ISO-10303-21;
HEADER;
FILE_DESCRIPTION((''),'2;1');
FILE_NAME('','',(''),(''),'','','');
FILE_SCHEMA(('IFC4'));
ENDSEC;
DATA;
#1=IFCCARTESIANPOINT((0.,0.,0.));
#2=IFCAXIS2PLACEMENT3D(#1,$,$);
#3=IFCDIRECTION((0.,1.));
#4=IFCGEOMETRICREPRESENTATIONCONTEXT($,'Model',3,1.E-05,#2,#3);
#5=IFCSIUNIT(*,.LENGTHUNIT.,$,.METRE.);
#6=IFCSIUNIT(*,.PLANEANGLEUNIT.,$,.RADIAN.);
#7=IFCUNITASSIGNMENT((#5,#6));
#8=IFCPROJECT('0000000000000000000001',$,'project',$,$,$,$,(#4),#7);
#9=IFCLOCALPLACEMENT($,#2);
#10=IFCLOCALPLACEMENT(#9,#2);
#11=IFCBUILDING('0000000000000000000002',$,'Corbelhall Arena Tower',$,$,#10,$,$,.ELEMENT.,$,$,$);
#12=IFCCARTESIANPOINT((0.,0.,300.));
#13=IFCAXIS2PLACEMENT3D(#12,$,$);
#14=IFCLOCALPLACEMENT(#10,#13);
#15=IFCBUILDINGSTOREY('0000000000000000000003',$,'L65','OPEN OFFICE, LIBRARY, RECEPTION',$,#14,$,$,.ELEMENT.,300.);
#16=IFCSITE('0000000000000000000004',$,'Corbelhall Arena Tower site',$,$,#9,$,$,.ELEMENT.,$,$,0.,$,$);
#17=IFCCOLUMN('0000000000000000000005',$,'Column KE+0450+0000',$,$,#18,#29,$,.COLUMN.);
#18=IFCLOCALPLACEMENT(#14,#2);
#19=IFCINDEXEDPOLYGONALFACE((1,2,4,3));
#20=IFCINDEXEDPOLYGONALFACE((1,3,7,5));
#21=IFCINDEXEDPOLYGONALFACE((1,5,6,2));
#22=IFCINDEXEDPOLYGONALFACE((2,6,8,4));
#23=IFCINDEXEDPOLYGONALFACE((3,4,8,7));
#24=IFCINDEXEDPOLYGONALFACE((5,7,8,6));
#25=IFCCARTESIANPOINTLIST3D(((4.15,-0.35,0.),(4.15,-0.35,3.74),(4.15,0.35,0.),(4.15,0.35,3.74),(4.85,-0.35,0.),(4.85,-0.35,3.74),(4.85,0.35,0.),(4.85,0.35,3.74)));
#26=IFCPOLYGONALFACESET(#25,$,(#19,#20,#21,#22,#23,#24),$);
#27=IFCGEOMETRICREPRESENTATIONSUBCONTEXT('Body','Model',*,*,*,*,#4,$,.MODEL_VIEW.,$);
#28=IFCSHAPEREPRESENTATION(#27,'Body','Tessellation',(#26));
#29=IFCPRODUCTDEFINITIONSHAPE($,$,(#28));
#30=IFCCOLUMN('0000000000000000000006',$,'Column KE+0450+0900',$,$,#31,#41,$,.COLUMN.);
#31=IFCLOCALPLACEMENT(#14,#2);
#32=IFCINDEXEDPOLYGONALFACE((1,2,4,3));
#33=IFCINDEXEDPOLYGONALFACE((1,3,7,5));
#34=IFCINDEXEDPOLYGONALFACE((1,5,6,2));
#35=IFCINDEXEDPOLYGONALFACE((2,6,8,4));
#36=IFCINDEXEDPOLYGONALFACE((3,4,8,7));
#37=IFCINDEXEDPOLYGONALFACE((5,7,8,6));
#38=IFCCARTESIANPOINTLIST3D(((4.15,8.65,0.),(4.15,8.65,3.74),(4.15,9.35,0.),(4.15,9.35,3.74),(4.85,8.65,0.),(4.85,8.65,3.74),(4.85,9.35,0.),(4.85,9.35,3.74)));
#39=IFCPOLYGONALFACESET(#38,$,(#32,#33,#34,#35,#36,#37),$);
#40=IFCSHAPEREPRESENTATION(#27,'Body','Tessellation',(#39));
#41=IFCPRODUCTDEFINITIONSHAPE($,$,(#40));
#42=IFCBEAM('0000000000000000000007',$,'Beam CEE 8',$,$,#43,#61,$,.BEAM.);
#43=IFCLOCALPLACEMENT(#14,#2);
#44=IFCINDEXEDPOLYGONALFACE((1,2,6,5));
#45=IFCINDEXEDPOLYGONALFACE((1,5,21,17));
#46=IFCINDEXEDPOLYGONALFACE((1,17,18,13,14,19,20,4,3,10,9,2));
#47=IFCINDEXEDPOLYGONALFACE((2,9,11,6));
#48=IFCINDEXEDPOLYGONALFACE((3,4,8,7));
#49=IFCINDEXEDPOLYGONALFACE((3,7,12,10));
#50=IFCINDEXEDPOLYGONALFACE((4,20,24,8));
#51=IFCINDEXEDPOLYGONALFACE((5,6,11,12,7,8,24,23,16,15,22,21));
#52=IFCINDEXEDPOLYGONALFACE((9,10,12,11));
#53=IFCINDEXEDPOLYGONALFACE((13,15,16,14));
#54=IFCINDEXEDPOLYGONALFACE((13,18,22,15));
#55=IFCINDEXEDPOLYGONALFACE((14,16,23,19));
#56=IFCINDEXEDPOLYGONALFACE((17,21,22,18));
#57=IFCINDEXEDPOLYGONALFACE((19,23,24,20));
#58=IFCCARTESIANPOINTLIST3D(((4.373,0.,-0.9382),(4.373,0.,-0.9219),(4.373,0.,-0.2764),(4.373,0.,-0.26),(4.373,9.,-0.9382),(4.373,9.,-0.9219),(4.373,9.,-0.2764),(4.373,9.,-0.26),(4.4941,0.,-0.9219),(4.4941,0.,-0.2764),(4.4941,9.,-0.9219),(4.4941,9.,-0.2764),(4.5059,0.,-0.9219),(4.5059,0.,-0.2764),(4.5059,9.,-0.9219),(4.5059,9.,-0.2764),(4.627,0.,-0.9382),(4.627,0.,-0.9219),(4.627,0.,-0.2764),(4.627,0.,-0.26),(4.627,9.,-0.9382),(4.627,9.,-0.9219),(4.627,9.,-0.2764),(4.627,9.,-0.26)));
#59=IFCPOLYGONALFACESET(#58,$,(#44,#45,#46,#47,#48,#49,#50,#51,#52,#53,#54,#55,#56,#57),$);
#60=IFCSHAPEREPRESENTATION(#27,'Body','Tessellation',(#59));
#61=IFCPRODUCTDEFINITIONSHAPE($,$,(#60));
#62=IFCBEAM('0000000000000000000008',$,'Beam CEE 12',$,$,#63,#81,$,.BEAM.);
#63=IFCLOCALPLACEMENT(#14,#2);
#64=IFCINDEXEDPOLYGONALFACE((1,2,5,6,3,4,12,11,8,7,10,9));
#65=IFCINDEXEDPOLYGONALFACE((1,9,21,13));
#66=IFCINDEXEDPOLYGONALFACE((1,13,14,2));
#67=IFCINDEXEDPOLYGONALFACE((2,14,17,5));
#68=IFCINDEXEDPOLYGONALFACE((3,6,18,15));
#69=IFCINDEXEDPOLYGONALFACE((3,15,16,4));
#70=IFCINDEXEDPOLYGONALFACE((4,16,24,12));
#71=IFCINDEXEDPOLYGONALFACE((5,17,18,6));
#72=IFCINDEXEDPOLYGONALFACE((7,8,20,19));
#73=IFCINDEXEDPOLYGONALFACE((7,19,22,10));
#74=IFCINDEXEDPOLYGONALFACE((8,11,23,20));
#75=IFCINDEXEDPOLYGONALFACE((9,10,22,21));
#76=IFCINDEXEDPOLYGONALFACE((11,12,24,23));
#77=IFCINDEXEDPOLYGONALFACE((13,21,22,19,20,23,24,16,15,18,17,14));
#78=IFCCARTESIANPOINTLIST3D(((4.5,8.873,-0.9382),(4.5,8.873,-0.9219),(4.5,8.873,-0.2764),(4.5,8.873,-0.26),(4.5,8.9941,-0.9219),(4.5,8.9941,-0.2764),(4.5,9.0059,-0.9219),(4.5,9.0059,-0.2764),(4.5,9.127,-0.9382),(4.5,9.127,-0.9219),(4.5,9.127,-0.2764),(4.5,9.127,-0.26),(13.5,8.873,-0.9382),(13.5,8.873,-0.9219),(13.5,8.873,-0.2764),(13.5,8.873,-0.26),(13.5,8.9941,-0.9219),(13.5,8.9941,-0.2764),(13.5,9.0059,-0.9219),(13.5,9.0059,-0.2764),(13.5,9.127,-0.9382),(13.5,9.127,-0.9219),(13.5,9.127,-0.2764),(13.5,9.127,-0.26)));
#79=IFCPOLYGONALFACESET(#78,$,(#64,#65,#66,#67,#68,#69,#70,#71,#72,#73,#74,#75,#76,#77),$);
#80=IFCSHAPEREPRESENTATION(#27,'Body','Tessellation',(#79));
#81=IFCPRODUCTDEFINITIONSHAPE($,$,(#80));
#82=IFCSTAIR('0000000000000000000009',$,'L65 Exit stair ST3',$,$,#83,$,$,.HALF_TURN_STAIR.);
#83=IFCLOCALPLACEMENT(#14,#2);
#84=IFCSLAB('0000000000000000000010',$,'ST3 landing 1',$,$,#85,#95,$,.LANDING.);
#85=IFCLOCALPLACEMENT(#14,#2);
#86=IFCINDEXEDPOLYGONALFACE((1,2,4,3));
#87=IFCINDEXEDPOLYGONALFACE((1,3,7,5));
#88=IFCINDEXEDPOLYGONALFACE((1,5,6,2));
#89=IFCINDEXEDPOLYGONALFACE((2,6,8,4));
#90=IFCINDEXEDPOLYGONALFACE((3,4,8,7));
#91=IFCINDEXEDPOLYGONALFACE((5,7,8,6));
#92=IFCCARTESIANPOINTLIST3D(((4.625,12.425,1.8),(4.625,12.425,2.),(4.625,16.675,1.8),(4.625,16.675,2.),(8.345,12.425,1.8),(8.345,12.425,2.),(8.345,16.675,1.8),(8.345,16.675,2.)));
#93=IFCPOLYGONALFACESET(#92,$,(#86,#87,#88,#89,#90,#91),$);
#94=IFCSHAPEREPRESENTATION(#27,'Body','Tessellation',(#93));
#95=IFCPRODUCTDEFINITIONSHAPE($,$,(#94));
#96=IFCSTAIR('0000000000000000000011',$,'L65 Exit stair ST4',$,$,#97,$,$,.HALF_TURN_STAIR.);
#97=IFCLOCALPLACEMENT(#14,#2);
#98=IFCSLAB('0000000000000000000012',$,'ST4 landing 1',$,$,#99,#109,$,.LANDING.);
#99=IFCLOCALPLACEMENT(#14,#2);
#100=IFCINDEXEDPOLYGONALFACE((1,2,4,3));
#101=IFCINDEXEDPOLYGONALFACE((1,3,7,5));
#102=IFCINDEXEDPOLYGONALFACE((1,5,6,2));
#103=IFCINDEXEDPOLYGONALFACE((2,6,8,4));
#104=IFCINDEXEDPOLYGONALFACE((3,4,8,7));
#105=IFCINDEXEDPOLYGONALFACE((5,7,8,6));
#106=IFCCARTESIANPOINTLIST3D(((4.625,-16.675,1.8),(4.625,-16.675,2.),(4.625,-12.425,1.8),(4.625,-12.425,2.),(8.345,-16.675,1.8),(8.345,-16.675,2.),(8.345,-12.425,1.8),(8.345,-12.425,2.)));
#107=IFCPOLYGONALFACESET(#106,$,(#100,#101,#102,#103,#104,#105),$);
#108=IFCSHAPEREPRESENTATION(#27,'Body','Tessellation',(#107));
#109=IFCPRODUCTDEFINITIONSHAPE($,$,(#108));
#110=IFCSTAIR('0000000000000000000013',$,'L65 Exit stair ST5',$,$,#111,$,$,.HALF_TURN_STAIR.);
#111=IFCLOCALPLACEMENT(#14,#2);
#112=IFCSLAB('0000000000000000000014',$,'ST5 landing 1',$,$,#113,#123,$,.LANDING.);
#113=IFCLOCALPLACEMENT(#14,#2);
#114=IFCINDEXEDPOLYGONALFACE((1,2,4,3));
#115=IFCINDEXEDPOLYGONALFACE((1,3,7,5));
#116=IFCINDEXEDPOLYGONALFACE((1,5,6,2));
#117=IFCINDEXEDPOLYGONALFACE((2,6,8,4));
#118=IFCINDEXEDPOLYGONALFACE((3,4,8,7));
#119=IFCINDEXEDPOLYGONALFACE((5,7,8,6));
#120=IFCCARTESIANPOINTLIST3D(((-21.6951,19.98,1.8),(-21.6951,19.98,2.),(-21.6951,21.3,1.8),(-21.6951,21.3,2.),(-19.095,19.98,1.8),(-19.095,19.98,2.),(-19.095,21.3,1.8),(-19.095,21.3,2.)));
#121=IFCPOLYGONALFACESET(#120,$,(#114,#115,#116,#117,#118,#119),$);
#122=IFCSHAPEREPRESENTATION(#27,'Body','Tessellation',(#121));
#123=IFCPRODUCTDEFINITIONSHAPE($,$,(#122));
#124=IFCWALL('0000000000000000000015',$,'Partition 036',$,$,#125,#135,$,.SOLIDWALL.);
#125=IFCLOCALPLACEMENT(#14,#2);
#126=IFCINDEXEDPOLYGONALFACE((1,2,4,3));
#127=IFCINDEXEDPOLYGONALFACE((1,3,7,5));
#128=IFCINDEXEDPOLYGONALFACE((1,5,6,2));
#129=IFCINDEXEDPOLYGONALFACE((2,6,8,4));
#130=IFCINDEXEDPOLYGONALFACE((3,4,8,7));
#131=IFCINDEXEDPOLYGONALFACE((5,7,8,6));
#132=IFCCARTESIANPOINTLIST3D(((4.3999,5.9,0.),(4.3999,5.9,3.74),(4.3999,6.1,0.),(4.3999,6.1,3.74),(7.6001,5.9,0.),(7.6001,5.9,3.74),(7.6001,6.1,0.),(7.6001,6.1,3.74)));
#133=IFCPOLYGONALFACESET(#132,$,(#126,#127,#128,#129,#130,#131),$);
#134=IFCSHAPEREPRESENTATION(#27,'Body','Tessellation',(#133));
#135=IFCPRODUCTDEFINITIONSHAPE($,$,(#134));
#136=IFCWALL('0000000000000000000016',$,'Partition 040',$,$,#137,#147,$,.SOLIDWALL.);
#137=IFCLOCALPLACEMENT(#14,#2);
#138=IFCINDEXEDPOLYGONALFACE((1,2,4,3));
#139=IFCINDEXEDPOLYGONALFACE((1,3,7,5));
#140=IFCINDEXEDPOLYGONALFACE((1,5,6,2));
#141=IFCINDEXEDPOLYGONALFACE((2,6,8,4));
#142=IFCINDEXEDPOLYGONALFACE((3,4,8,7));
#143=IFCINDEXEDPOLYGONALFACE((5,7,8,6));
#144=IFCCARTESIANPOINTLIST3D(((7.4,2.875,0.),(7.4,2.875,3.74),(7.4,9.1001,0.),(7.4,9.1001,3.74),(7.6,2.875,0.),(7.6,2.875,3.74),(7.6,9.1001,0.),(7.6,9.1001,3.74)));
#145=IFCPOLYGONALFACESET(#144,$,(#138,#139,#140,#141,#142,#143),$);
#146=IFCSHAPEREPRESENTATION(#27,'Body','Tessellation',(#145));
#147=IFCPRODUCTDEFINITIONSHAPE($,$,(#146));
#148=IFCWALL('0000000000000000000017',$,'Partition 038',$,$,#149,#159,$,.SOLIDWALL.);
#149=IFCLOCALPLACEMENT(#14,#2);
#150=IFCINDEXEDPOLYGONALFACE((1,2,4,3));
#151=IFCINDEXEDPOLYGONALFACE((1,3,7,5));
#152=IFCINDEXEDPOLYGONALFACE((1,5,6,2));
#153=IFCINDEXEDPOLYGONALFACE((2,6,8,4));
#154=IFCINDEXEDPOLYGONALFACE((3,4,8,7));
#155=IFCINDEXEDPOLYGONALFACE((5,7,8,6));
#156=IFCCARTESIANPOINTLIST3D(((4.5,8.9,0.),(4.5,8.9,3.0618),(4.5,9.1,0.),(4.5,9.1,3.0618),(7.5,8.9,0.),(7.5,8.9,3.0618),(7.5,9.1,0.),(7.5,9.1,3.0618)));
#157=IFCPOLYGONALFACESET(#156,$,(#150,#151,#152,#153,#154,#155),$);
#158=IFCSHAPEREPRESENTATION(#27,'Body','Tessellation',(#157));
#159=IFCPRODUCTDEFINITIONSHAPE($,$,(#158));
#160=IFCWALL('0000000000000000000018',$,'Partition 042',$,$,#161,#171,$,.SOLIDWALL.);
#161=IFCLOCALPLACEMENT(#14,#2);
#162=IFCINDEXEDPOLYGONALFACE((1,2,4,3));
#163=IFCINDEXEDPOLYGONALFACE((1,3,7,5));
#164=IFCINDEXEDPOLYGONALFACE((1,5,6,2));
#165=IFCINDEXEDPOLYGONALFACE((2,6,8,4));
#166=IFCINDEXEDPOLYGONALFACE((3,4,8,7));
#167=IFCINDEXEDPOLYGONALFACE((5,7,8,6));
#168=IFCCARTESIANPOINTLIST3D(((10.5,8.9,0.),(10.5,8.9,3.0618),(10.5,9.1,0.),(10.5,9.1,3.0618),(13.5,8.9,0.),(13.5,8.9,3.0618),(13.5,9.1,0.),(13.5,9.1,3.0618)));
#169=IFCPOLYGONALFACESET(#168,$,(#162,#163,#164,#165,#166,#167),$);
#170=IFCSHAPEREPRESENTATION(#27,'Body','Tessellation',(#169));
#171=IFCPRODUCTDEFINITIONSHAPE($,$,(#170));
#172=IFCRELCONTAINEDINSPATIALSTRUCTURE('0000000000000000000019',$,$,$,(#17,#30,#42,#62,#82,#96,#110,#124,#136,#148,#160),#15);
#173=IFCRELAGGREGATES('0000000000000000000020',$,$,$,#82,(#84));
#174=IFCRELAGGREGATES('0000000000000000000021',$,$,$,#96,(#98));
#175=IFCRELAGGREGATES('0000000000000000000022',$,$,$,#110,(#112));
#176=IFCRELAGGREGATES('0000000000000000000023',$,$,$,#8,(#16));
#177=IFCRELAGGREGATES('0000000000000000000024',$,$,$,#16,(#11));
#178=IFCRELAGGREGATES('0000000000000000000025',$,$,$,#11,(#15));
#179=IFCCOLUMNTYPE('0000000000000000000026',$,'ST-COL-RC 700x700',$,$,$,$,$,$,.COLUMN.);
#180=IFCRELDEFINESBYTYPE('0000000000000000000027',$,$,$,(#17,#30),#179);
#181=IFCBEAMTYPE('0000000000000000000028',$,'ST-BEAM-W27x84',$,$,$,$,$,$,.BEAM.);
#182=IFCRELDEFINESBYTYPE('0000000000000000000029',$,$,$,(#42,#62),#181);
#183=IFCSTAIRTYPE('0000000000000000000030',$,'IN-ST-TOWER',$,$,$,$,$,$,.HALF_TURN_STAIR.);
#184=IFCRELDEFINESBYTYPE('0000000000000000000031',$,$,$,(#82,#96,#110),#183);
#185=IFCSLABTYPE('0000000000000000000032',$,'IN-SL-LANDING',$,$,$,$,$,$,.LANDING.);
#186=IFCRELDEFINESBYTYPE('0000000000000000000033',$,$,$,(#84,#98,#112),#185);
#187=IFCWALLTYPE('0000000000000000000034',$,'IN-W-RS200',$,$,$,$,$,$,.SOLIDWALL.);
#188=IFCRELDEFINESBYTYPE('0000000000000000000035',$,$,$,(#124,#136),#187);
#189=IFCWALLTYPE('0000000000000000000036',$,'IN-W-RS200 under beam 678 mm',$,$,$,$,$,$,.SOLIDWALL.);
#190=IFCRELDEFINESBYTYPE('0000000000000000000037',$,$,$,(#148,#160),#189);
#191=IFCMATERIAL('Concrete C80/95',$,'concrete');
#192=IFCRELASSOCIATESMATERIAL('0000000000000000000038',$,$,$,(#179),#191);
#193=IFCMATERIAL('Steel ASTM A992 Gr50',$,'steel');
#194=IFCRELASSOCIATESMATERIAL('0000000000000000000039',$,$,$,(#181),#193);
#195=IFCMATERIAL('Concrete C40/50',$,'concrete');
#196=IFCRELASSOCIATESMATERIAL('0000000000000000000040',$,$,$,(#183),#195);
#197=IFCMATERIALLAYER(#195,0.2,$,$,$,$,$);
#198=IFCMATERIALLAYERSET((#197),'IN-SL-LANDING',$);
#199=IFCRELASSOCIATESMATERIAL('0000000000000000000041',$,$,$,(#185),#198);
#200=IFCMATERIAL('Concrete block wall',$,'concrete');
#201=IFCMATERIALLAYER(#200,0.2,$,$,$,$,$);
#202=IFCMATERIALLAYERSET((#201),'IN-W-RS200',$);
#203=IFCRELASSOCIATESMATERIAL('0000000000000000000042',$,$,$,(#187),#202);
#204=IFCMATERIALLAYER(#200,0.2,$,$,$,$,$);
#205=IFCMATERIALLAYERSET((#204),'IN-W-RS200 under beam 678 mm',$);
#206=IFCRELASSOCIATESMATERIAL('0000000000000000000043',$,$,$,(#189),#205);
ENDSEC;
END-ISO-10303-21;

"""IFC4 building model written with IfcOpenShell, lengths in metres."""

from ifc_helpers import new_model, si_unit, direction, frame, frame_2d, origin, origin_2d, place, context, subcontext, project, spatial, polyline, rectangle, i_section, outline, extrude, material, layer, layer_set, material_profile, profile_set, type_object, element, aggregate, save


model = new_model("IFC4")

# Units and contexts
model_context = context("Model", 3, precision=1e-05, world=origin(), true_north=direction((0.0, 1.0)))
body_context = subcontext(model_context, "Body", "Model", "MODEL_VIEW")
ifc_project = project(units=[si_unit("LENGTHUNIT", "METRE"), si_unit("PLANEANGLEUNIT", "RADIAN")], contexts=[model_context])

# Site, building, storey
site_placement = place(None, origin())
site = spatial("IfcSite", under=ifc_project, at=site_placement, Name="Corbelhall Arena Tower site", CompositionType="ELEMENT", RefElevation=0.0)
building_placement = place(site_placement, origin())
building = spatial("IfcBuilding", under=site, at=building_placement, Name="Corbelhall Arena Tower", CompositionType="ELEMENT")
storey_placement = place(building_placement, frame((0.0, 0.0, 300.0)))
storey = spatial("IfcBuildingStorey", under=building, at=storey_placement, Name="L65", Description="OPEN OFFICE, LIBRARY, RECEPTION", CompositionType="ELEMENT", Elevation=300.0)

# Columns
ifc_material_1 = material(Name="Concrete C80/95", Category="concrete")
ifc_material_profile_1 = material_profile(ifc_material_1, rectangle(XDim=0.7, YDim=0.7, at=origin_2d()))
ifc_profile_set_1 = profile_set([ifc_material_profile_1], Name="Concrete C80/95")
column_type = type_object("IfcColumnType", Name="ST-COL-RC 700x700", PredefinedType="COLUMN", material=ifc_profile_set_1)
for number, where, z_axis, x_axis, name in (
    (1, (4.5, 0.0, 0.0), (0.0, 0.0, 1.0), (1.0, 0.0, 0.0), "Column KE+0450+0000"),
    (2, (4.5, 9.0, 0.0), (0.0, 0.0, 1.0), (1.0, 0.0, 0.0), "Column KE+0450+0900"),
):
    element("IfcColumn", number, at=place(storey_placement, frame(where, z_axis=z_axis, x_axis=x_axis)), inside=storey, type_object=column_type, Name=name, PredefinedType="COLUMN", context=body_context, shape_type="SweptSolid", body=[
        extrude(rectangle(XDim=0.7, YDim=0.7, at=origin_2d()), origin(), (0.0, 0.0, 1.0), 3.74),
    ])

# Beams
ifc_material_2 = material(Name="Steel ASTM A992 Gr50", Category="steel")
ifc_material_profile_2 = material_profile(ifc_material_2, i_section(OverallWidth=0.2539, OverallDepth=0.6782, WebThickness=0.0117, FlangeThickness=0.0164, at=origin_2d()))
ifc_profile_set_2 = profile_set([ifc_material_profile_2], Name="Steel ASTM A992 Gr50")
beam_type = type_object("IfcBeamType", Name="ST-BEAM-W27x84", PredefinedType="BEAM", material=ifc_profile_set_2)
for number, where, z_axis, x_axis, name in (
    (3, (4.5, 0.0, -0.5991), (0.0, 1.0, 0.0), (-1.0, 0.0, 0.0), "Beam CEE 8"),
    (4, (4.5, 9.0, -0.5991), (1.0, 0.0, 0.0), (0.0, 1.0, 0.0), "Beam CEE 12"),
):
    element("IfcBeam", number, at=place(storey_placement, frame(where, z_axis=z_axis, x_axis=x_axis)), inside=storey, type_object=beam_type, Name=name, PredefinedType="BEAM", context=body_context, shape_type="SweptSolid", body=[
        extrude(i_section(OverallWidth=0.2539, OverallDepth=0.6782, WebThickness=0.0117, FlangeThickness=0.0164, at=origin_2d()), origin(), (0.0, 0.0, 1.0), 9.0),
    ])

# Stairs, slabs
ifc_material_3 = material(Name="Concrete C40/50", Category="concrete")
stair_type = type_object("IfcStairType", Name="IN-ST-TOWER", PredefinedType="HALF_TURN_STAIR", material=ifc_material_3)
stair_1_placement = place(storey_placement, origin())
stair_1 = element("IfcStair", 5, at=stair_1_placement, inside=storey, type_object=stair_type, Name="L65 Exit stair ST3", PredefinedType="HALF_TURN_STAIR")
ifc_layer_1 = layer(ifc_material_3, 0.2)
ifc_layer_set_1 = layer_set([ifc_layer_1], Name="IN-SL-LANDING")
slab_type = type_object("IfcSlabType", Name="IN-SL-LANDING", PredefinedType="LANDING", material=ifc_layer_set_1)
slab_1_placement = place(storey_placement, frame((0.0, 0.0, 1.8)))
slab_1 = element("IfcSlab", 6, at=slab_1_placement, type_object=slab_type, Name="ST3 landing 1", PredefinedType="LANDING", context=body_context, shape_type="SweptSolid", body=[
    extrude(outline(polyline([(8.345, 16.675), (4.625, 16.675), (4.625, 12.425), (8.345, 12.425), (8.345, 16.675)])), origin(), (0.0, 0.0, 1.0), 0.2),
])
aggregate(stair_1, [slab_1])
stair_2_placement = place(storey_placement, origin())
stair_2 = element("IfcStair", 7, at=stair_2_placement, inside=storey, type_object=stair_type, Name="L65 Exit stair ST4", PredefinedType="HALF_TURN_STAIR")
slab_2_placement = place(storey_placement, frame((0.0, 0.0, 1.8)))
slab_2 = element("IfcSlab", 8, at=slab_2_placement, type_object=slab_type, Name="ST4 landing 1", PredefinedType="LANDING", context=body_context, shape_type="SweptSolid", body=[
    extrude(outline(polyline([(8.345, -12.425), (4.625, -12.425), (4.625, -16.675), (8.345, -16.675), (8.345, -12.425)])), origin(), (0.0, 0.0, 1.0), 0.2),
])
aggregate(stair_2, [slab_2])
stair_3_placement = place(storey_placement, origin())
stair_3 = element("IfcStair", 9, at=stair_3_placement, inside=storey, type_object=stair_type, Name="L65 Exit stair ST5", PredefinedType="HALF_TURN_STAIR")
slab_3_placement = place(storey_placement, frame((0.0, 0.0, 1.8)))
slab_3 = element("IfcSlab", 10, at=slab_3_placement, type_object=slab_type, Name="ST5 landing 1", PredefinedType="LANDING", context=body_context, shape_type="SweptSolid", body=[
    extrude(outline(polyline([(-19.095, 19.98), (-19.095, 21.3), (-21.6951, 21.3), (-21.6951, 19.98), (-19.095, 19.98)])), origin(), (0.0, 0.0, 1.0), 0.2),
])
aggregate(stair_3, [slab_3])

# Walls
ifc_material_4 = material(Name="Concrete block wall", Category="concrete")
ifc_layer_2 = layer(ifc_material_4, 0.2)
ifc_layer_set_2 = layer_set([ifc_layer_2], Name="IN-W-RS200")
wall_type_1 = type_object("IfcWallType", Name="IN-W-RS200", PredefinedType="SOLIDWALL", material=ifc_layer_set_2)
wall_1_placement = place(storey_placement, frame((4.3999, 6.0, 0.0), z_axis=(0.0, 0.0, 1.0), x_axis=(1.0, 0.0, 0.0)))
element("IfcWall", 11, at=wall_1_placement, inside=storey, type_object=wall_type_1, Name="Partition 036", PredefinedType="SOLIDWALL", context=body_context, shape_type="SweptSolid", body=[
    extrude(rectangle(XDim=3.2002, YDim=0.2, at=frame_2d((1.6001, 0.0))), origin(), (0.0, 0.0, 1.0), 3.74),
])
wall_2_placement = place(storey_placement, frame((7.5, 9.1001, 0.0), z_axis=(0.0, 0.0, 1.0), x_axis=(0.0, -1.0, 0.0)))
element("IfcWall", 12, at=wall_2_placement, inside=storey, type_object=wall_type_1, Name="Partition 040", PredefinedType="SOLIDWALL", context=body_context, shape_type="SweptSolid", body=[
    extrude(rectangle(XDim=6.2251, YDim=0.2, at=frame_2d((3.1125, 0.0))), origin(), (0.0, 0.0, 1.0), 3.74),
])
ifc_layer_3 = layer(ifc_material_4, 0.2)
ifc_layer_set_3 = layer_set([ifc_layer_3], Name="IN-W-RS200 under beam 678 mm")
wall_type_2 = type_object("IfcWallType", Name="IN-W-RS200 under beam 678 mm", PredefinedType="SOLIDWALL", material=ifc_layer_set_3)
for number, where, z_axis, x_axis, name in (
    (13, (4.5, 9.0, 0.0), (0.0, 0.0, 1.0), (1.0, 0.0, 0.0), "Partition 038"),
    (14, (10.5, 9.0, 0.0), (0.0, 0.0, 1.0), (1.0, 0.0, 0.0), "Partition 042"),
):
    element("IfcWall", number, at=place(storey_placement, frame(where, z_axis=z_axis, x_axis=x_axis)), inside=storey, type_object=wall_type_2, Name=name, PredefinedType="SOLIDWALL", context=body_context, shape_type="SweptSolid", body=[
        extrude(rectangle(XDim=3.0, YDim=0.2, at=frame_2d((1.5, 0.0))), origin(), (0.0, 0.0, 1.0), 3.0618),
    ])

save(model, "model.ifc")
